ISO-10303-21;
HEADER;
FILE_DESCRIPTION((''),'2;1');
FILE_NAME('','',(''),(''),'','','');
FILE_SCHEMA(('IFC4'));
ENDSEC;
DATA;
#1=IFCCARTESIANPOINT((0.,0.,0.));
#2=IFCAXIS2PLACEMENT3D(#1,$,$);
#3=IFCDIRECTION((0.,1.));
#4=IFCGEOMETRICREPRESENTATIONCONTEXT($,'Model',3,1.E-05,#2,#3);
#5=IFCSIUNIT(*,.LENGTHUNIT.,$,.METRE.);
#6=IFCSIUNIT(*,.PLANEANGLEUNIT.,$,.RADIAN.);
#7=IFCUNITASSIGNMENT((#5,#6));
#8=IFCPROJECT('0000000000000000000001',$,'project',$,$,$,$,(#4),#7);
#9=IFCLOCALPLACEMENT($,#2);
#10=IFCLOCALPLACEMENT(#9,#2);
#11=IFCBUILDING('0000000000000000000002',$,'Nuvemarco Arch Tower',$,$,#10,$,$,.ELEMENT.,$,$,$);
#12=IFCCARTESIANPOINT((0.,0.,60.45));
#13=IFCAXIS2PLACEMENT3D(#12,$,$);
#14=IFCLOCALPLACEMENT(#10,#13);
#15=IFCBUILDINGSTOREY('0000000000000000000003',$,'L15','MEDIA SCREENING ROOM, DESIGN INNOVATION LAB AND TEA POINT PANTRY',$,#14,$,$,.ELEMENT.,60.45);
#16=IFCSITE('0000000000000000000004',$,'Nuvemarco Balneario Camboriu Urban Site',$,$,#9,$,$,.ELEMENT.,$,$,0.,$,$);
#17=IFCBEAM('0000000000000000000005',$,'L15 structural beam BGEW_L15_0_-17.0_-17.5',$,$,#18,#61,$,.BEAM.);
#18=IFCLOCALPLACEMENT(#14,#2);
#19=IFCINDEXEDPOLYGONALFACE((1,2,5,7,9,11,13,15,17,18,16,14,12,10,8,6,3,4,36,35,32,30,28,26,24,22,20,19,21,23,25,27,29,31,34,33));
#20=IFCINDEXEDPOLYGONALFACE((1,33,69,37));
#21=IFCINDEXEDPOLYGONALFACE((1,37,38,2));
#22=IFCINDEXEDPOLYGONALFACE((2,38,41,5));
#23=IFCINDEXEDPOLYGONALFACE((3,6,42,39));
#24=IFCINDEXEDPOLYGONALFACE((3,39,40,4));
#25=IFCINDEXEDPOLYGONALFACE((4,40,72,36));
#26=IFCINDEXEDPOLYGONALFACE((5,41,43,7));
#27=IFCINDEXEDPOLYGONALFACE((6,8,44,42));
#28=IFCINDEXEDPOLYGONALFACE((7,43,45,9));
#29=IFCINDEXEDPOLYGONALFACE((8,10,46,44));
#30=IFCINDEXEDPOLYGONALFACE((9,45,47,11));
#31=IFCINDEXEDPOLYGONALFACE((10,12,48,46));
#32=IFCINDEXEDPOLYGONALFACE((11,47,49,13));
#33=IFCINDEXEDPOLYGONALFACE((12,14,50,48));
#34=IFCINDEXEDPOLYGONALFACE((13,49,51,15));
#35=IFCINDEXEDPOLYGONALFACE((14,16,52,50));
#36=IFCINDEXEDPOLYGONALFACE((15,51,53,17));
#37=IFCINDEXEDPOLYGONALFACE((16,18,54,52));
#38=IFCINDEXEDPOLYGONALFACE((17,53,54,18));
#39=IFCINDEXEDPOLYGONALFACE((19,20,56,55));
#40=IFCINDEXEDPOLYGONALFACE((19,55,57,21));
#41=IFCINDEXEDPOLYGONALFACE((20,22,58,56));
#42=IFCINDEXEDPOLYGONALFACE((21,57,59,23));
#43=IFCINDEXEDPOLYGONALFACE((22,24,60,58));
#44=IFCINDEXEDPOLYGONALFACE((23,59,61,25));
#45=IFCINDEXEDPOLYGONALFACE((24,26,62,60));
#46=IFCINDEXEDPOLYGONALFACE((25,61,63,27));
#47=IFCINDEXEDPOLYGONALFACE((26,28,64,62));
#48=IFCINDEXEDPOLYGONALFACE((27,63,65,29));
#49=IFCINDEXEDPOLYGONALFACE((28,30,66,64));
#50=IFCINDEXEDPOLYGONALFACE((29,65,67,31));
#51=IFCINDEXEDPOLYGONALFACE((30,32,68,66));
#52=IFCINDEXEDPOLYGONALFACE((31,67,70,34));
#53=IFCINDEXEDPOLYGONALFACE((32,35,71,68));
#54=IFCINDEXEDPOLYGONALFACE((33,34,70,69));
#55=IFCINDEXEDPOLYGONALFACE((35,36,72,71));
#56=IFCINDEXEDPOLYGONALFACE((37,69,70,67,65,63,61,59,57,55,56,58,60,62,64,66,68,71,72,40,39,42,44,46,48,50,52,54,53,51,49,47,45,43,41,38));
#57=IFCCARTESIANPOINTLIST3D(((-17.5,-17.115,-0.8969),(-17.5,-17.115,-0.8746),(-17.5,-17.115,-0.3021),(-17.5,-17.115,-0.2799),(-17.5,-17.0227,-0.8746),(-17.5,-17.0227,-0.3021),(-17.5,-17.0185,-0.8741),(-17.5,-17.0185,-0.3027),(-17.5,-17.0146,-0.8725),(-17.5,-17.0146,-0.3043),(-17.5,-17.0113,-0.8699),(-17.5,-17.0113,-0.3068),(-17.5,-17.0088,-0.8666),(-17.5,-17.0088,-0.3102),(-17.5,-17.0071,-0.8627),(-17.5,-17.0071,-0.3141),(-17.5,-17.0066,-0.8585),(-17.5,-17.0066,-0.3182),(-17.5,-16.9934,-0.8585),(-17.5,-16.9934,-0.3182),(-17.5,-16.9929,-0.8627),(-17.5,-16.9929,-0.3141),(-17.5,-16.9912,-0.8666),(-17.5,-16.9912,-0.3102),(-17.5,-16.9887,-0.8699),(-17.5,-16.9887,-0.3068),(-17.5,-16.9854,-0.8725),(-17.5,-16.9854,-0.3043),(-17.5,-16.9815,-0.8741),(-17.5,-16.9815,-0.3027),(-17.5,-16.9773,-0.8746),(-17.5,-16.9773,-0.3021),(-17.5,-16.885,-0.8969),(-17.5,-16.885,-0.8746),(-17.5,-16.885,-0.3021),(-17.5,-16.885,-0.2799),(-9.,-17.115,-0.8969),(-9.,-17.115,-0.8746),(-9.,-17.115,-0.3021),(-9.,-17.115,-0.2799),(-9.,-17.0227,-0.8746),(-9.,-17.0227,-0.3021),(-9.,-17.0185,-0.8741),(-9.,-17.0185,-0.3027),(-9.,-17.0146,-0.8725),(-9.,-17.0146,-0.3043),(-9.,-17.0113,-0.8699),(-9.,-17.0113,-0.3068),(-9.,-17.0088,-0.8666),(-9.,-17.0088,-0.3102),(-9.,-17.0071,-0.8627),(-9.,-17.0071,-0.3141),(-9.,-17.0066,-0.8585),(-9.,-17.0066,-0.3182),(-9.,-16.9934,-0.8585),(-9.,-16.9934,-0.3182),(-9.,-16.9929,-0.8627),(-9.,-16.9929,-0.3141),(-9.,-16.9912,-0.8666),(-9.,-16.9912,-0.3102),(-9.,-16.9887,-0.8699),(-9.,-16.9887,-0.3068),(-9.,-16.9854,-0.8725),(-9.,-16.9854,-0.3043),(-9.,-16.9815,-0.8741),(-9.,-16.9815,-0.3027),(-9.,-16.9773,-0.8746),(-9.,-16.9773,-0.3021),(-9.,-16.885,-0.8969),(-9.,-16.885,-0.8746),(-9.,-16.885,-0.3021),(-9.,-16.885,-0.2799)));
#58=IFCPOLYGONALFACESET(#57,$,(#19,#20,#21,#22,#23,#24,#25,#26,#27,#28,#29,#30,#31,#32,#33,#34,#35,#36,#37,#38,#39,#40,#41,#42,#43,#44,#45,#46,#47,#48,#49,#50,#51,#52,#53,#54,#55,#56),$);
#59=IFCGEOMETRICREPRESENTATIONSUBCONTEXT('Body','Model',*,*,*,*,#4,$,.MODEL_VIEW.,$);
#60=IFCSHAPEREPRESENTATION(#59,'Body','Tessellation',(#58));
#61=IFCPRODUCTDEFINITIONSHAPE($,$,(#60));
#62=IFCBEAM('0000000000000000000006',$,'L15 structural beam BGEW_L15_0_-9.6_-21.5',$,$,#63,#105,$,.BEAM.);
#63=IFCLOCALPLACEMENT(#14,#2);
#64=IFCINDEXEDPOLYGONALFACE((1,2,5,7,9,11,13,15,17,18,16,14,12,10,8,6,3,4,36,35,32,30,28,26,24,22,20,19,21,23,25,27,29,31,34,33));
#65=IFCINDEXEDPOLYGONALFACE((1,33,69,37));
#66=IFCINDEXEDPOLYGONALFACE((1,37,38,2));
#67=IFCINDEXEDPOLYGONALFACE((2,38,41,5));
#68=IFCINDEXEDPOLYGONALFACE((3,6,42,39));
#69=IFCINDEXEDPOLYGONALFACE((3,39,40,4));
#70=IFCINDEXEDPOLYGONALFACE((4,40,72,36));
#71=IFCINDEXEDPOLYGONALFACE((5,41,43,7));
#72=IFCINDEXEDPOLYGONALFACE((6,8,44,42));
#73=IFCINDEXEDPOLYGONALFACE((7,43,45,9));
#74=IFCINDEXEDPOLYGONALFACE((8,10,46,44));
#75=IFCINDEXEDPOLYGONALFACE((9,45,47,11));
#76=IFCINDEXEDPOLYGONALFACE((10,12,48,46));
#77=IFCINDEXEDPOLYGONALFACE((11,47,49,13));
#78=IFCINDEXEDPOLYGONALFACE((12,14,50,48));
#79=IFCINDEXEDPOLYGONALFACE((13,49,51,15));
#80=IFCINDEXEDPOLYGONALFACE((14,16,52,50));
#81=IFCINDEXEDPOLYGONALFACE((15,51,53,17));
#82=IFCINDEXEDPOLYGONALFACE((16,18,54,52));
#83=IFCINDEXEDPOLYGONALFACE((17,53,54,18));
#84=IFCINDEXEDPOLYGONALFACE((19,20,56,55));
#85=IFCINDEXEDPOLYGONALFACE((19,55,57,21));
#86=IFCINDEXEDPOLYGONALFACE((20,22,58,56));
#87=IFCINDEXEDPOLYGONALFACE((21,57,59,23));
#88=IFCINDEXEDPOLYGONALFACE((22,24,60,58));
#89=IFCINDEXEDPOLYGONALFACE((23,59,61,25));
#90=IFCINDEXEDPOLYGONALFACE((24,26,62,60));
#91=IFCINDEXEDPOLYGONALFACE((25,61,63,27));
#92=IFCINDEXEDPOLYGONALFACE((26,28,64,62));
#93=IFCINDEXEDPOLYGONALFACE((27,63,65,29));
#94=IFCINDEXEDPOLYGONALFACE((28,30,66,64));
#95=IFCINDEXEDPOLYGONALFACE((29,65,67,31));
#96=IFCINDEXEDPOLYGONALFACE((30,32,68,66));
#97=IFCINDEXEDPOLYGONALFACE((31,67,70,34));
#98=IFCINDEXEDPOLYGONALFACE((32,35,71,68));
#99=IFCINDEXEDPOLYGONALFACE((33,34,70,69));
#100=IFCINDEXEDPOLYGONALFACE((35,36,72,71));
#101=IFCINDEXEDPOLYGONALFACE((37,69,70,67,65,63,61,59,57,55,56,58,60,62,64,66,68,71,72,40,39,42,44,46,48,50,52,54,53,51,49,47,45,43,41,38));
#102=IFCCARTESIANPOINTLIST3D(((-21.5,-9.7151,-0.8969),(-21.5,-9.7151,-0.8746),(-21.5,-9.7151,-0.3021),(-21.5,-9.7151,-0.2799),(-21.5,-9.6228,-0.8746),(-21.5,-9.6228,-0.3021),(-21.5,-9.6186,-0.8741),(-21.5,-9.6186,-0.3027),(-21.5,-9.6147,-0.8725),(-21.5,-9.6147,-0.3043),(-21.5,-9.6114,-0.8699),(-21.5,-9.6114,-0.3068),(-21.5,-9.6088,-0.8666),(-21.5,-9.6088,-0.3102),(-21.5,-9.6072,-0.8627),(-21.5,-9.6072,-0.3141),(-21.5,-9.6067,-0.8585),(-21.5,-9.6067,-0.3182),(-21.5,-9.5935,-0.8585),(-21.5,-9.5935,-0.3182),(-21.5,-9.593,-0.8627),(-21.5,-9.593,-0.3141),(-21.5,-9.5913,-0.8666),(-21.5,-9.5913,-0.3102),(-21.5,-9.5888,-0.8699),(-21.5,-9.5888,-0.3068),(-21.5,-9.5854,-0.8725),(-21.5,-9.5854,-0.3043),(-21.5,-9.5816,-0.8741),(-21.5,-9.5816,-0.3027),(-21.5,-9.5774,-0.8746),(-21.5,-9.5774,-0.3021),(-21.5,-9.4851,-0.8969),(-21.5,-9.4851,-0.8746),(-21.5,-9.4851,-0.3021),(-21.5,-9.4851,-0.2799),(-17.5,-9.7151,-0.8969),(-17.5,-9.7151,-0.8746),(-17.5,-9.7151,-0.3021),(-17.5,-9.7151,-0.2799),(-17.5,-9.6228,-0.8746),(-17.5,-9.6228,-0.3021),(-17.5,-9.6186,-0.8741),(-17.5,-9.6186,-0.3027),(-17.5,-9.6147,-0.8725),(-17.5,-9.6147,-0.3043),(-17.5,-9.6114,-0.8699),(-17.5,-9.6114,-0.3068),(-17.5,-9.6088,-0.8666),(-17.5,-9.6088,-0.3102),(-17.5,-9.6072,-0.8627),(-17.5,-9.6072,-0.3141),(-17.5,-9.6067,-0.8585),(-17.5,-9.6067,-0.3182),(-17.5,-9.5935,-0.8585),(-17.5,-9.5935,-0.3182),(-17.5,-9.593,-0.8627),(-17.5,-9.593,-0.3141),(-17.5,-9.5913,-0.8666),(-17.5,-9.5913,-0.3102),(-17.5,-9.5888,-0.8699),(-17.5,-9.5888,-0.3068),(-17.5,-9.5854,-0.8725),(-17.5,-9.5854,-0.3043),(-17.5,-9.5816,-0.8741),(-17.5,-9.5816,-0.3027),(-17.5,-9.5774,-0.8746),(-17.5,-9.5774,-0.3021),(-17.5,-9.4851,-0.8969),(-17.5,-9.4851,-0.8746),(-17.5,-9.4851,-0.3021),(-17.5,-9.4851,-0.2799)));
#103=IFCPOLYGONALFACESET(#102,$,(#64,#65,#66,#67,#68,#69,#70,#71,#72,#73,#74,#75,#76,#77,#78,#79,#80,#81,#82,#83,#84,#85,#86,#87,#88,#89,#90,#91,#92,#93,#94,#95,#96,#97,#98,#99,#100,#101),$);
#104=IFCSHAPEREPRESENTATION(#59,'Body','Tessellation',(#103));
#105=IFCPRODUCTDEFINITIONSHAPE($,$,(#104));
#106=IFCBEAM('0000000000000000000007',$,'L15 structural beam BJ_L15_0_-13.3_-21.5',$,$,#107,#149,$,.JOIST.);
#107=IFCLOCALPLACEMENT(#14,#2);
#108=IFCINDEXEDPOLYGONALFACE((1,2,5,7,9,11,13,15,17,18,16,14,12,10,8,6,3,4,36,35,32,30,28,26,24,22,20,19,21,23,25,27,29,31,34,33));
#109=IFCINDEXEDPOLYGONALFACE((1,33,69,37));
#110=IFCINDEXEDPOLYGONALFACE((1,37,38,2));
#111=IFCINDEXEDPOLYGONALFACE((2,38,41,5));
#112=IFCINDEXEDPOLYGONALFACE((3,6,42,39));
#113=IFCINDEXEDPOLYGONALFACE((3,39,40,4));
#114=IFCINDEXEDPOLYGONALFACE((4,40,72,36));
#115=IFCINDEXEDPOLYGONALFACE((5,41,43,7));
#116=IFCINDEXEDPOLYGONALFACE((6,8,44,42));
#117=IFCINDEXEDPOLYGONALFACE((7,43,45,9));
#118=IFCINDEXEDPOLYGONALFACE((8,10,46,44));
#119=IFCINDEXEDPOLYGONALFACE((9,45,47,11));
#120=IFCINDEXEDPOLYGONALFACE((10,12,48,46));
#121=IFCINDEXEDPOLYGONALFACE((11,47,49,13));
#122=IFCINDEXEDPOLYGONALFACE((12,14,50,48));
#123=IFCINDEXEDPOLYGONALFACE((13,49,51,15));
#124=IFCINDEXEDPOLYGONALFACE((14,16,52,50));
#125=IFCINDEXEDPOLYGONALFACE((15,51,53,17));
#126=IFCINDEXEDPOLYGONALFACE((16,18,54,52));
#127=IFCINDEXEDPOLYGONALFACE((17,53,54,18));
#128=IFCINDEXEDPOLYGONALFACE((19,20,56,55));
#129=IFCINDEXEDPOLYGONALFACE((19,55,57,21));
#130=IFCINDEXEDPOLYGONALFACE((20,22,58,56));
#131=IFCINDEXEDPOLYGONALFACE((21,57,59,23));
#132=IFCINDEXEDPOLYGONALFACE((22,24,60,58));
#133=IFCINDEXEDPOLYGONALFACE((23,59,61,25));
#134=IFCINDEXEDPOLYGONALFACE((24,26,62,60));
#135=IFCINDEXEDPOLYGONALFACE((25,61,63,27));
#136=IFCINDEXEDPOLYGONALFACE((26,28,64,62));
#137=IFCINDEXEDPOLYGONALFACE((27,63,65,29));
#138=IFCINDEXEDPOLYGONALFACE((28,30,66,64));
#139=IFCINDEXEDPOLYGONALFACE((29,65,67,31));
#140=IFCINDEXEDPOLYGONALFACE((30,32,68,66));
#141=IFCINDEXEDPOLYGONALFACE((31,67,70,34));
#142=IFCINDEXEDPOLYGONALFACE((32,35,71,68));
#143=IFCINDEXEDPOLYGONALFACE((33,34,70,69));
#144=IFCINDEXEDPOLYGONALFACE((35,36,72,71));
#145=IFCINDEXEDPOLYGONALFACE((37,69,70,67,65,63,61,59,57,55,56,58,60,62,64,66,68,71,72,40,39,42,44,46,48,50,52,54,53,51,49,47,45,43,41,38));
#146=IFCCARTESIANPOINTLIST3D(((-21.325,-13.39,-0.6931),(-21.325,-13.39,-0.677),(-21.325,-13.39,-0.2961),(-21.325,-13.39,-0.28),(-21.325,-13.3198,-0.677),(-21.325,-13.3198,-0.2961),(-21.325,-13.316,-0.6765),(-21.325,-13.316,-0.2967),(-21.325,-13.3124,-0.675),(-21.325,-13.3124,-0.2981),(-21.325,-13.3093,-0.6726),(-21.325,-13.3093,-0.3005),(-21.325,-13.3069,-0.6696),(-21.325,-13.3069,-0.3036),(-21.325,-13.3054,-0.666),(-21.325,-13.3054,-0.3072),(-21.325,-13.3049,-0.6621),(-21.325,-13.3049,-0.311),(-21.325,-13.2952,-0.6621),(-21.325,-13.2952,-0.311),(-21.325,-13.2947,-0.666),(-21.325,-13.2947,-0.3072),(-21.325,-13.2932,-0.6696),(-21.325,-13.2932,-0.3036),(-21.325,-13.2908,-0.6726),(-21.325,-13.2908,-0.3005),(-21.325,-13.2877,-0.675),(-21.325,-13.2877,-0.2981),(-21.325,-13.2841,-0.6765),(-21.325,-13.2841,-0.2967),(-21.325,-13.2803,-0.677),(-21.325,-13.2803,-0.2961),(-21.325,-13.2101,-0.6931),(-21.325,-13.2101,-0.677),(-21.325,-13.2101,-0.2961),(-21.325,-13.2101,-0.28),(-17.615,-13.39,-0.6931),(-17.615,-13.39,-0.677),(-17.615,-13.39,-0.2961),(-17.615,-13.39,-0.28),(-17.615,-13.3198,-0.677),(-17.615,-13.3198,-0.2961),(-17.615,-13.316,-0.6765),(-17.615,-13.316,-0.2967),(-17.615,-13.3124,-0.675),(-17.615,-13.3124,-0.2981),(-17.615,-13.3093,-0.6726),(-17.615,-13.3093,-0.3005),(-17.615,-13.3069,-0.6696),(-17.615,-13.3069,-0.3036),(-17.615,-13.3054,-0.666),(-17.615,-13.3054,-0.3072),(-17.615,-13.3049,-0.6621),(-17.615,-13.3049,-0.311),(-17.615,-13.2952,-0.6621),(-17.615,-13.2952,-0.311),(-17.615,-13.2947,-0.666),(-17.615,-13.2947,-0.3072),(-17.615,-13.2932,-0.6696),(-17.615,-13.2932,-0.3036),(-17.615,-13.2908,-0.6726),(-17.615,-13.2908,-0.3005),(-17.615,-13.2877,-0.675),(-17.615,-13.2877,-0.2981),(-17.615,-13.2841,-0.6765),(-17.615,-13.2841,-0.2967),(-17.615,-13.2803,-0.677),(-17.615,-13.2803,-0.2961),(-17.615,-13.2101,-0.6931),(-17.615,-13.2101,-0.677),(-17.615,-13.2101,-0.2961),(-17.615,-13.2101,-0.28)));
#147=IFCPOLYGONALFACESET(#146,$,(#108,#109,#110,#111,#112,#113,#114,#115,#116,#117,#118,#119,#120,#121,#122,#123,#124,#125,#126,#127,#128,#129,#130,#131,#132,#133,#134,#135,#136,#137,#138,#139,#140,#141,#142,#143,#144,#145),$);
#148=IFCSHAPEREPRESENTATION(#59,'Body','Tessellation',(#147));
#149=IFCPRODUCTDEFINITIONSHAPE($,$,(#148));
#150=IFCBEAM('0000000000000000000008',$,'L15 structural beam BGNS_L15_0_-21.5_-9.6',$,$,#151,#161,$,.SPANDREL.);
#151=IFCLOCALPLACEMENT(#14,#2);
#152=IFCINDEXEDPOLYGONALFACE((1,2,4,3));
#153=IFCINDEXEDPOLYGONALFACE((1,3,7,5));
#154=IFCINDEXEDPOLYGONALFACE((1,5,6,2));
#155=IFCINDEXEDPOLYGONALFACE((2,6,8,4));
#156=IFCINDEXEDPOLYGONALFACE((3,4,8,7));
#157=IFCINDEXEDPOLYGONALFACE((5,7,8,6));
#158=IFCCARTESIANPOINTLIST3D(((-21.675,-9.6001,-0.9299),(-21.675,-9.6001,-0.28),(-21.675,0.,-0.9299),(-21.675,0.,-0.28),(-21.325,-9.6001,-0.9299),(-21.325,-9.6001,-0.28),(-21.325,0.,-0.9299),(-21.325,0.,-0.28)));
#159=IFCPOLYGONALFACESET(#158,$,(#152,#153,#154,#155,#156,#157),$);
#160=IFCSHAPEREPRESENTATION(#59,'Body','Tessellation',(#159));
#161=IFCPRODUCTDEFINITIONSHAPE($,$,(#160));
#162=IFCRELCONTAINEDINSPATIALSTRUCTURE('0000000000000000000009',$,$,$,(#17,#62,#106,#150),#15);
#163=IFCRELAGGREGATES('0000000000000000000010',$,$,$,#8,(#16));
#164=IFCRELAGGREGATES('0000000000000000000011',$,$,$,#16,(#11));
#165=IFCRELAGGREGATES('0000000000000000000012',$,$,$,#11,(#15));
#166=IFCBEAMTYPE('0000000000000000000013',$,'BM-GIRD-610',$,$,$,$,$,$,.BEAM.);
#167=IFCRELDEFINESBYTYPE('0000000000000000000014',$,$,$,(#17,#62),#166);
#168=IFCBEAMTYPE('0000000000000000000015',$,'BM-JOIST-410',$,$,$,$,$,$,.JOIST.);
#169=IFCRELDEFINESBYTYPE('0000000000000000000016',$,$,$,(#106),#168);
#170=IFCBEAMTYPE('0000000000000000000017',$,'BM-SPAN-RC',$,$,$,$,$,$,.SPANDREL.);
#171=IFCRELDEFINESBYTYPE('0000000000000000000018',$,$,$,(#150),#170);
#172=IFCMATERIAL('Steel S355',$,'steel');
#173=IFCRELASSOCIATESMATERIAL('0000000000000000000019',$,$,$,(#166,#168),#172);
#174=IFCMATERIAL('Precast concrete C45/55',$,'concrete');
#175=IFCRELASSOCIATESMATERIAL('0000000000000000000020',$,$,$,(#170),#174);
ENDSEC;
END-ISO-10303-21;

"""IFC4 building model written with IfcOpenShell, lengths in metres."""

from ifc_helpers import new_model, si_unit, direction, frame, origin, origin_2d, place, context, subcontext, project, spatial, rectangle, i_section, extrude, material, material_profile, profile_set, type_object, element, save


model = new_model("IFC4")

# Units and contexts
model_context = context("Model", 3, precision=1e-05, world=origin(), true_north=direction((0.0, 1.0)))
body_context = subcontext(model_context, "Body", "Model", "MODEL_VIEW")
ifc_project = project(units=[si_unit("LENGTHUNIT", "METRE"), si_unit("PLANEANGLEUNIT", "RADIAN")], contexts=[model_context])

# Site, building, storey
site_placement = place(None, origin())
site = spatial("IfcSite", under=ifc_project, at=site_placement, Name="Nuvemarco Balneario Camboriu Urban Site", CompositionType="ELEMENT", RefElevation=0.0)
building_placement = place(site_placement, origin())
building = spatial("IfcBuilding", under=site, at=building_placement, Name="Nuvemarco Arch Tower", CompositionType="ELEMENT")
storey_placement = place(building_placement, frame((0.0, 0.0, 60.45)))
storey = spatial("IfcBuildingStorey", under=building, at=storey_placement, Name="L15", Description="MEDIA SCREENING ROOM, DESIGN INNOVATION LAB AND TEA POINT PANTRY", CompositionType="ELEMENT", Elevation=60.45)

# Shared definitions
ifc_material_1 = material(Name="Steel S355", Category="steel")

# Beams
ifc_material_profile_1 = material_profile(ifc_material_1, i_section(OverallWidth=0.23, OverallDepth=0.6169, WebThickness=0.0132, FlangeThickness=0.0222, FilletRadius=0.0161, at=origin_2d()), Name="W610x140")
ifc_profile_set_1 = profile_set([ifc_material_profile_1], Name="Steel S355")
beam_type_1 = type_object("IfcBeamType", Name="BM-GIRD-610", PredefinedType="BEAM", material=ifc_profile_set_1)
beam_1_placement = place(storey_placement, frame((-17.5, -17.0, -0.5884), z_axis=(1.0, 0.0, 0.0), x_axis=(0.0, 1.0, 0.0)))
element("IfcBeam", 1, at=beam_1_placement, inside=storey, type_object=beam_type_1, Name="L15 structural beam BGEW_L15_0_-17.0_-17.5", PredefinedType="BEAM", context=body_context, shape_type="SweptSolid", body=[
    extrude(i_section(OverallWidth=0.23, OverallDepth=0.6169, WebThickness=0.0132, FlangeThickness=0.0222, FilletRadius=0.0161, at=origin_2d()), origin(), (0.0, 0.0, 1.0), 8.5),
])
beam_2_placement = place(storey_placement, frame((-21.5, -9.6001, -0.5884), z_axis=(1.0, 0.0, 0.0), x_axis=(0.0, 1.0, 0.0)))
element("IfcBeam", 2, at=beam_2_placement, inside=storey, type_object=beam_type_1, Name="L15 structural beam BGEW_L15_0_-9.6_-21.5", PredefinedType="BEAM", context=body_context, shape_type="SweptSolid", body=[
    extrude(i_section(OverallWidth=0.23, OverallDepth=0.6169, WebThickness=0.0132, FlangeThickness=0.0222, FilletRadius=0.0161, at=origin_2d()), origin(), (0.0, 0.0, 1.0), 4.0),
])
ifc_material_profile_2 = material_profile(ifc_material_1, i_section(OverallWidth=0.1799, OverallDepth=0.4131, WebThickness=0.0098, FlangeThickness=0.0161, FilletRadius=0.0149, at=origin_2d()), Name="W410x75")
ifc_profile_set_2 = profile_set([ifc_material_profile_2], Name="Steel S355")
beam_type_2 = type_object("IfcBeamType", Name="BM-JOIST-410", PredefinedType="JOIST", material=ifc_profile_set_2)
beam_3_placement = place(storey_placement, frame((-21.325, -13.3, -0.4866), z_axis=(1.0, 0.0, 0.0), x_axis=(0.0, 1.0, 0.0)))
element("IfcBeam", 3, at=beam_3_placement, inside=storey, type_object=beam_type_2, Name="L15 structural beam BJ_L15_0_-13.3_-21.5", PredefinedType="JOIST", context=body_context, shape_type="SweptSolid", body=[
    extrude(i_section(OverallWidth=0.1799, OverallDepth=0.4131, WebThickness=0.0098, FlangeThickness=0.0161, FilletRadius=0.0149, at=origin_2d()), origin(), (0.0, 0.0, 1.0), 3.71),
])
ifc_material_2 = material(Name="Precast concrete C45/55", Category="concrete")
ifc_material_profile_3 = material_profile(ifc_material_2, rectangle(XDim=0.3501, YDim=0.6499, at=origin_2d()), Name="PC-SP-350x650")
ifc_profile_set_3 = profile_set([ifc_material_profile_3], Name="Precast concrete C45/55")
beam_type_3 = type_object("IfcBeamType", Name="BM-SPAN-RC", PredefinedType="SPANDREL", material=ifc_profile_set_3)
beam_4_placement = place(storey_placement, frame((-21.5, -9.6001, -0.605), z_axis=(0.0, 1.0, 0.0), x_axis=(-1.0, 0.0, 0.0)))
element("IfcBeam", 4, at=beam_4_placement, inside=storey, type_object=beam_type_3, Name="L15 structural beam BGNS_L15_0_-21.5_-9.6", PredefinedType="SPANDREL", context=body_context, shape_type="SweptSolid", body=[
    extrude(rectangle(XDim=0.3501, YDim=0.6499, at=origin_2d()), origin(), (0.0, 0.0, 1.0), 9.6001),
])

save(model, "model.ifc")
